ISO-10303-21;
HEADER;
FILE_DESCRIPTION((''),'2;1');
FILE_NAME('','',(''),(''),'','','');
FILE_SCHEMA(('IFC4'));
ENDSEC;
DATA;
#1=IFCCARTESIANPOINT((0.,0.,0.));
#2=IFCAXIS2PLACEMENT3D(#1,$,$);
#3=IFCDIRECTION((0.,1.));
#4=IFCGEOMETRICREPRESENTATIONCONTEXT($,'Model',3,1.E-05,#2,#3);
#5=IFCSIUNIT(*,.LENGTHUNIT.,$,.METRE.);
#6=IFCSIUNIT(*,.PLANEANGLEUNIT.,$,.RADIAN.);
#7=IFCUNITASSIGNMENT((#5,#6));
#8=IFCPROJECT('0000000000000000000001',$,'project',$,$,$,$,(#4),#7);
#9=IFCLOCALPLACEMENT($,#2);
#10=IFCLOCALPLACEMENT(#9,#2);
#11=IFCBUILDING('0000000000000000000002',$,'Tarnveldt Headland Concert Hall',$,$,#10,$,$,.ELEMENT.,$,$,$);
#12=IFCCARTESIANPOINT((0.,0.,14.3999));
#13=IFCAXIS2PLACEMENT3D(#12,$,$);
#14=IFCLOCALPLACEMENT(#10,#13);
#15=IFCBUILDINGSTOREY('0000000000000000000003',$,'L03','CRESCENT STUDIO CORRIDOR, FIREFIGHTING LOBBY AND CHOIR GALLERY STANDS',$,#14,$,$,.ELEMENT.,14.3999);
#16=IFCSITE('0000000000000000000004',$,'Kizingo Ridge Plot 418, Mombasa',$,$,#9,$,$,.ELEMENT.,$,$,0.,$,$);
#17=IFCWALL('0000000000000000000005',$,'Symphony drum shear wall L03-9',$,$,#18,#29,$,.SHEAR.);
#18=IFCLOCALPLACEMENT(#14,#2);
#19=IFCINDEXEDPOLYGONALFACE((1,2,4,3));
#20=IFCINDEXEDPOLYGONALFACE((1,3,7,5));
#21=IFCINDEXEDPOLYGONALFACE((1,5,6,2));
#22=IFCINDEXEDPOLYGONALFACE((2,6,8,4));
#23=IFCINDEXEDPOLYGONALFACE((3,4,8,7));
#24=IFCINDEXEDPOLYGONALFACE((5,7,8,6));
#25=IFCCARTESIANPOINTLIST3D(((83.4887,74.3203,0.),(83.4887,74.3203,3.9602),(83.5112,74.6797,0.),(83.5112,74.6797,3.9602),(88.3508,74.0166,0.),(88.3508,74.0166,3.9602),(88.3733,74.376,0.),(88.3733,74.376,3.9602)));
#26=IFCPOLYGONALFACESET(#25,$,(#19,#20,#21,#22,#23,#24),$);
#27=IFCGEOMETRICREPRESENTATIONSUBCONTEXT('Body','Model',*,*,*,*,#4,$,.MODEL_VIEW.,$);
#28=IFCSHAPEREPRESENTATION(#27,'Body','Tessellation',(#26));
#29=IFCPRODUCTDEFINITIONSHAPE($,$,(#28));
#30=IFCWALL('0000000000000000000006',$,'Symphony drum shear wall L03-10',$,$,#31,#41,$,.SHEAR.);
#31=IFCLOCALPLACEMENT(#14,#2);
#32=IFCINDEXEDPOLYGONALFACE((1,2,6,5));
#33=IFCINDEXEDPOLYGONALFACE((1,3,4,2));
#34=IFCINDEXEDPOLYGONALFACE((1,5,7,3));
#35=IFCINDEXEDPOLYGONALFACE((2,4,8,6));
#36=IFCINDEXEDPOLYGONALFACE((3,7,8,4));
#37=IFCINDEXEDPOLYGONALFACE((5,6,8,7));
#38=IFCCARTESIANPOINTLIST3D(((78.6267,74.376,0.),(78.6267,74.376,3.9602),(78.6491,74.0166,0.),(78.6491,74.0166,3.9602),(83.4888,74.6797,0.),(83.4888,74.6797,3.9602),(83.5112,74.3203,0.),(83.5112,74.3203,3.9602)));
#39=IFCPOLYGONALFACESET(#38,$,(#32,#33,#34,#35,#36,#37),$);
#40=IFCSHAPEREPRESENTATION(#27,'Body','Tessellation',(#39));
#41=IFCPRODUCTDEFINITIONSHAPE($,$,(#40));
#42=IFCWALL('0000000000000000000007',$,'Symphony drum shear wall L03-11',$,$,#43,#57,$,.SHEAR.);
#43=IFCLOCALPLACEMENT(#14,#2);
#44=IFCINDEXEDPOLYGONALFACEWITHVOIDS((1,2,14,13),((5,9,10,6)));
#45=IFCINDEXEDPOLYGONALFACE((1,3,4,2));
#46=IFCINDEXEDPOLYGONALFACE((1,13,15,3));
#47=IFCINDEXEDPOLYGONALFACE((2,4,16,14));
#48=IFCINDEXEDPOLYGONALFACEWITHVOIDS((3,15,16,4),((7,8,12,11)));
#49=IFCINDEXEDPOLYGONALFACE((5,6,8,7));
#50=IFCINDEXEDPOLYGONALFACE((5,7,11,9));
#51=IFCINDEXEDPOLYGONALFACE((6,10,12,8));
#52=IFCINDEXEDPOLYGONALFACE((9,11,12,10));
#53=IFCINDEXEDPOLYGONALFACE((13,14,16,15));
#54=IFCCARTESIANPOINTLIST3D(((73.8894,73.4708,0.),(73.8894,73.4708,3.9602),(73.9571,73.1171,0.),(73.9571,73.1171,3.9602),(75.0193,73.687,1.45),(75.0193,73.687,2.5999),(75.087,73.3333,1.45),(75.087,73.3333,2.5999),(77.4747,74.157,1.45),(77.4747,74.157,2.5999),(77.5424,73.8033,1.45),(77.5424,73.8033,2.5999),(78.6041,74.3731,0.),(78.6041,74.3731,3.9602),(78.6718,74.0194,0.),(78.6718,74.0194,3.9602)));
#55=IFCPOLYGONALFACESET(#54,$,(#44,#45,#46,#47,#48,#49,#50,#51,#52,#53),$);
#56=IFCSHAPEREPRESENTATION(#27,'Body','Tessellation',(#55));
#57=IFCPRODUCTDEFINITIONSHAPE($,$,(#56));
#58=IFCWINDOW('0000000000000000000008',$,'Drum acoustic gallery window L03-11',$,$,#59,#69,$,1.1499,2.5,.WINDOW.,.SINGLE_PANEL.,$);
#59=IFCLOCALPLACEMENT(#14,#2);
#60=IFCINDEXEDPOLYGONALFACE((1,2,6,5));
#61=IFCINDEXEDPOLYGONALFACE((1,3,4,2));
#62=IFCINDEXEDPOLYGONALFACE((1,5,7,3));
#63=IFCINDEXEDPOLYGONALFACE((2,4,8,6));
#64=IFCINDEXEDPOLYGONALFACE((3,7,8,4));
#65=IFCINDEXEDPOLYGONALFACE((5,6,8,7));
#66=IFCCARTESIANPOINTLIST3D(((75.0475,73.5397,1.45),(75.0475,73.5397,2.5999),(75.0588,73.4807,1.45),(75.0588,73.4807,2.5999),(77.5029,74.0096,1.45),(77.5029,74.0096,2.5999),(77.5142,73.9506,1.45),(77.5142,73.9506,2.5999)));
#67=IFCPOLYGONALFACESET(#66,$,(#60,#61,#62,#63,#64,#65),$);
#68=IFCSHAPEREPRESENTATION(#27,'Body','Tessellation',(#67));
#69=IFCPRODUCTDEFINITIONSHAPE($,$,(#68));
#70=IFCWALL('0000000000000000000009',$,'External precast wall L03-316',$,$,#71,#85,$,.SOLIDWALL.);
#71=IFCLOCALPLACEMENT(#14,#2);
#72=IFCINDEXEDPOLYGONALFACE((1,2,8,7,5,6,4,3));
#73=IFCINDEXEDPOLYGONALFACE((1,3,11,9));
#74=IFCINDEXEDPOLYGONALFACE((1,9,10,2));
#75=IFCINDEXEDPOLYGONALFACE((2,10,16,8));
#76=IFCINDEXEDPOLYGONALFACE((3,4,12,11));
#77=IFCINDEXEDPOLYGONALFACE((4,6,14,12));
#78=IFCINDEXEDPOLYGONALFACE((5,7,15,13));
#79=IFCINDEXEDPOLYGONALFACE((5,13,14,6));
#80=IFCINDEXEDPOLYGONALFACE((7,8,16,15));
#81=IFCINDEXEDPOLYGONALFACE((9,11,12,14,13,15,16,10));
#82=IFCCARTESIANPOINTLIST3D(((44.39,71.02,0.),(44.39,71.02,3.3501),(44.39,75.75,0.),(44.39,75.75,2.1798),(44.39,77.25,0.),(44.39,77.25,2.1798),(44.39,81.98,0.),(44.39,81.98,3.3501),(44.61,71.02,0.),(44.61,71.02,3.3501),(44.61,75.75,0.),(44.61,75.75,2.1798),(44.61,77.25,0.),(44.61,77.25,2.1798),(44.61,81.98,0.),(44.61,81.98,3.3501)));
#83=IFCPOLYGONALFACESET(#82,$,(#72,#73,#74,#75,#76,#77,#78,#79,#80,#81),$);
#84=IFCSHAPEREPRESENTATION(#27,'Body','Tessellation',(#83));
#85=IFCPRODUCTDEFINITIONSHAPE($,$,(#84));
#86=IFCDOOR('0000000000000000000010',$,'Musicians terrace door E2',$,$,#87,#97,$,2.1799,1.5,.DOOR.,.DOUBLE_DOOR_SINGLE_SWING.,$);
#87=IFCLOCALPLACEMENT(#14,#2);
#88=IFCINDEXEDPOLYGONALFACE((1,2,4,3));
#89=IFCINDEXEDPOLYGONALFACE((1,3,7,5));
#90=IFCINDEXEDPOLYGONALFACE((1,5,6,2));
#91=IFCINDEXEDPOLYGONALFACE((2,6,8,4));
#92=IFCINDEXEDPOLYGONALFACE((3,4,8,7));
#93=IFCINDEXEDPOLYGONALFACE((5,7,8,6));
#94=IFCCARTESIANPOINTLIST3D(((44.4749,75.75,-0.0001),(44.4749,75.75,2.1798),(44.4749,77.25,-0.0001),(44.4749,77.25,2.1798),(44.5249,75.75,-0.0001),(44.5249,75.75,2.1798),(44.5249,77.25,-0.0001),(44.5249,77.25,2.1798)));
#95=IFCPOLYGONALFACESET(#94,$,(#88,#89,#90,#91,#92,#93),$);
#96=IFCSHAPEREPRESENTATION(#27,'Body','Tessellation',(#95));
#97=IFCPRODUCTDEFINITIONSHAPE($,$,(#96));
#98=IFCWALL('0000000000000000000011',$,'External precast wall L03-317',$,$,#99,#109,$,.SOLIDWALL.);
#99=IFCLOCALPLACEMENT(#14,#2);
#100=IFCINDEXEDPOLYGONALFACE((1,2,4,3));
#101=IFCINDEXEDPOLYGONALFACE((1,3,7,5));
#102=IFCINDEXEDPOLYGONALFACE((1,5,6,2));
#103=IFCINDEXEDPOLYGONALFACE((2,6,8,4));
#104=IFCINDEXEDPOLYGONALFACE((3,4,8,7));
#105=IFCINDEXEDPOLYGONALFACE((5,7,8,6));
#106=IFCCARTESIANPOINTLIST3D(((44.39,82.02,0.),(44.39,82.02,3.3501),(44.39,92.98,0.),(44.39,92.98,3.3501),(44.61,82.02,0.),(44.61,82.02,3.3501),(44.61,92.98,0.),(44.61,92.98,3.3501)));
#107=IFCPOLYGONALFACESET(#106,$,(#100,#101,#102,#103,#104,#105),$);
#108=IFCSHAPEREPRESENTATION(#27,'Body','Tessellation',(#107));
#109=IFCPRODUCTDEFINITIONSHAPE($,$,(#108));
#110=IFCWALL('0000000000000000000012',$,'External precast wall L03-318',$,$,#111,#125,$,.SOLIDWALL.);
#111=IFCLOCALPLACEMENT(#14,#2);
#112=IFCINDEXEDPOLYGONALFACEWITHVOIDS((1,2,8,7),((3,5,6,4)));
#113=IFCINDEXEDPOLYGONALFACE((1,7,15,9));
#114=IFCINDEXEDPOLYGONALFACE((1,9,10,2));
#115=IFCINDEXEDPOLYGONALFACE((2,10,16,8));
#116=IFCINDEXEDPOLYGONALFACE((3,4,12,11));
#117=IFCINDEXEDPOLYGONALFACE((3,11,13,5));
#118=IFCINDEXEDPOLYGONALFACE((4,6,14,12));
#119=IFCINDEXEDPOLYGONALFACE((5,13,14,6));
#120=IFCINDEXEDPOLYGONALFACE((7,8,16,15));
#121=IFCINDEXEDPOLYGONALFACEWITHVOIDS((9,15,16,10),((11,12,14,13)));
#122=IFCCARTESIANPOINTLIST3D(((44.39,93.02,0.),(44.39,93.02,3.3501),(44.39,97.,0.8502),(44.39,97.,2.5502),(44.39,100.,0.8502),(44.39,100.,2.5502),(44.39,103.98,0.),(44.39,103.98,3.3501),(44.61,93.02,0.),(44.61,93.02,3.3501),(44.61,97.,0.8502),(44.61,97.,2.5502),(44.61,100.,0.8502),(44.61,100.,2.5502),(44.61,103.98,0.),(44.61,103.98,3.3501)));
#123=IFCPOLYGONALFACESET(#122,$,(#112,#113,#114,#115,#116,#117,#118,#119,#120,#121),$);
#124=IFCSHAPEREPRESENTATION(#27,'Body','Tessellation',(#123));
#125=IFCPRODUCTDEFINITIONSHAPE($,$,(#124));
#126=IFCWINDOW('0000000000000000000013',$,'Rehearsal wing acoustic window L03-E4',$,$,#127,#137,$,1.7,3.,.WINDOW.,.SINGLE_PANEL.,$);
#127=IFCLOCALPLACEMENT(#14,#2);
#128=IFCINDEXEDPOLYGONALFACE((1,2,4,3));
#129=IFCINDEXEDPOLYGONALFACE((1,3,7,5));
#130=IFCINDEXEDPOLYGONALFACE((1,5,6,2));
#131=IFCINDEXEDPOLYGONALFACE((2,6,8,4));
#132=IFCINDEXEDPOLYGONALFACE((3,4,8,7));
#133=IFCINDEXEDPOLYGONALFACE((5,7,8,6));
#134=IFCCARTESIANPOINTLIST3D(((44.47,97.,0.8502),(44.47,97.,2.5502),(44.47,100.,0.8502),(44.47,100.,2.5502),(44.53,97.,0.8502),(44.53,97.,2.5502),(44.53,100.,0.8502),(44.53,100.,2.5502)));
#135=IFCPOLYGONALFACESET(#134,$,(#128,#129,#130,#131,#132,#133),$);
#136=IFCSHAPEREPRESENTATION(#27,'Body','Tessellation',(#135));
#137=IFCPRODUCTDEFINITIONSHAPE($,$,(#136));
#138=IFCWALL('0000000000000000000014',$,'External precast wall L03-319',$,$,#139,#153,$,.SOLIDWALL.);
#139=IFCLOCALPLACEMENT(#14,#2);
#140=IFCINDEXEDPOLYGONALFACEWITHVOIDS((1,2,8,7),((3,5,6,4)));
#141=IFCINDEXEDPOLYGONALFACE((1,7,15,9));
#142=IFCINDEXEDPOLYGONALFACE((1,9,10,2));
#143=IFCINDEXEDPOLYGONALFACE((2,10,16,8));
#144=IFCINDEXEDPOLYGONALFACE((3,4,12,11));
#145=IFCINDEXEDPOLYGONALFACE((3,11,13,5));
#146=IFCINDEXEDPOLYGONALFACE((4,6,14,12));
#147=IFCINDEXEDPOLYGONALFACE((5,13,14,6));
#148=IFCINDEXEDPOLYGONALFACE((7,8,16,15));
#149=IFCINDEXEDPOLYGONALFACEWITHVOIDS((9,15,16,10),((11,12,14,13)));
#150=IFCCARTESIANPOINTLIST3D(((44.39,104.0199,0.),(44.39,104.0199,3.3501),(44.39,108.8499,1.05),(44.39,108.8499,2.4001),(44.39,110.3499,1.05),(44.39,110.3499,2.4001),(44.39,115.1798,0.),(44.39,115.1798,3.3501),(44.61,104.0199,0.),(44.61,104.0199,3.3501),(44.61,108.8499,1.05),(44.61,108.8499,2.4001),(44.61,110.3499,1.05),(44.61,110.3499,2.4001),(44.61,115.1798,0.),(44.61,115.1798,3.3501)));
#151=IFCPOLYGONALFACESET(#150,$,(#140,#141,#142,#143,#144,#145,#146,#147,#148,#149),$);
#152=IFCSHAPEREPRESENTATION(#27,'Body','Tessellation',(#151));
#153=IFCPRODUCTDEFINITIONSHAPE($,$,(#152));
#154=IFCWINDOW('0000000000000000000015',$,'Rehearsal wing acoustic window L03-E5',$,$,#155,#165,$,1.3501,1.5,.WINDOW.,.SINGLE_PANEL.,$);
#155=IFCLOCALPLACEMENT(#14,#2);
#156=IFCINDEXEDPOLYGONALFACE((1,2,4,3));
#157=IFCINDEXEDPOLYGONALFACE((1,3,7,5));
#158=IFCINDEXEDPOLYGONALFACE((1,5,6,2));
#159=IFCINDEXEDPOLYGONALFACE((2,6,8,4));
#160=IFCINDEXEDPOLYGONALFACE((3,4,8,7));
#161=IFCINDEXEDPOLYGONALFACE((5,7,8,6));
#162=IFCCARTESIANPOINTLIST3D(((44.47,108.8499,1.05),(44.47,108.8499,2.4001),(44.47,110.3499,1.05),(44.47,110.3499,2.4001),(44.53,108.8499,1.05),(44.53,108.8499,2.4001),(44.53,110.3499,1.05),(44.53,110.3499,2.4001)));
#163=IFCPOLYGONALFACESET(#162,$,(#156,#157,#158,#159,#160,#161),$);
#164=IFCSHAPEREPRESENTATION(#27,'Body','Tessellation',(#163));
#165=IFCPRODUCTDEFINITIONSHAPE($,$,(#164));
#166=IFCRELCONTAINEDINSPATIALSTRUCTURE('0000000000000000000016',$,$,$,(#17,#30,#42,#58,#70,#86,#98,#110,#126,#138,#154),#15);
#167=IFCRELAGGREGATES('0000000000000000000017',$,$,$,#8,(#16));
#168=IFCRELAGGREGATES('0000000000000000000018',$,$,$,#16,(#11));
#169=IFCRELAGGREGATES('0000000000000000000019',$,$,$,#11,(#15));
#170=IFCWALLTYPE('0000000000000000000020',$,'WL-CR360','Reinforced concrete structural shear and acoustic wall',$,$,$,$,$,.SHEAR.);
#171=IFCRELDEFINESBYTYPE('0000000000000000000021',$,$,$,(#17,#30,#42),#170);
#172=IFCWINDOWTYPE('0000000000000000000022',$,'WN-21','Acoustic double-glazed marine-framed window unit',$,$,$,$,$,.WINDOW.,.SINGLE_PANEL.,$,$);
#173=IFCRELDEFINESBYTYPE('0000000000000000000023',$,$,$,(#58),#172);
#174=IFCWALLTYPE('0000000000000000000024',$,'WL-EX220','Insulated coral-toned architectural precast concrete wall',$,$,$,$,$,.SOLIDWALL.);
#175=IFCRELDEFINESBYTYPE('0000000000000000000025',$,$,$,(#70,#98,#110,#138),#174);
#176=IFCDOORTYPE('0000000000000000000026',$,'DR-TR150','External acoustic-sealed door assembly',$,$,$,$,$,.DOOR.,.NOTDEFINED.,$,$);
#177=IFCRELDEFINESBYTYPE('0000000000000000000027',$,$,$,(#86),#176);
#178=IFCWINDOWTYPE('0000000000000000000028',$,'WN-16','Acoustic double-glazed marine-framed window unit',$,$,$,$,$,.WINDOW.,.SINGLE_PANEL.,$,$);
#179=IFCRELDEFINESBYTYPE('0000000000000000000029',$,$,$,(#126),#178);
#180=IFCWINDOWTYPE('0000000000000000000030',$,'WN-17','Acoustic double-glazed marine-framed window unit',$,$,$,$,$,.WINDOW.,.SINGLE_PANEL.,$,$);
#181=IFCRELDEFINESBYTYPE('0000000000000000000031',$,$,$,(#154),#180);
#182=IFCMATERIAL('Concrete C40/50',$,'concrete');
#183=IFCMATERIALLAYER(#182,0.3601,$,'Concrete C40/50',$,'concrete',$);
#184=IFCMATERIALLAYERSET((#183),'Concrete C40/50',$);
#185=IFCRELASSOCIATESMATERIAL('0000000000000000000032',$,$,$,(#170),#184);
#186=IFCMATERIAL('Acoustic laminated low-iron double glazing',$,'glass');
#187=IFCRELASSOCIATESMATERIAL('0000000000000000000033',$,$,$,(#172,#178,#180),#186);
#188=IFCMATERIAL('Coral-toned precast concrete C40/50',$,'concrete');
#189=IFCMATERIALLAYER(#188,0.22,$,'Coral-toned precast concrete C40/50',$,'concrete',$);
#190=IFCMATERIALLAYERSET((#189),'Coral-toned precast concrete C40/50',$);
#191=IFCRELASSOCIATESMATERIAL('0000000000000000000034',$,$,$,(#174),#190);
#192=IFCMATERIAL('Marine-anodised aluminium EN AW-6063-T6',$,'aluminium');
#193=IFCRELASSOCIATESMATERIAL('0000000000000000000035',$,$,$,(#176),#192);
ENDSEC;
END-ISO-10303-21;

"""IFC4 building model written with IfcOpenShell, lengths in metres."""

from ifc_helpers import new_model, si_unit, direction, frame, frame_2d, origin, place, context, subcontext, project, spatial, rectangle, extrude, material, layer, layer_set, type_object, element, fill, save


model = new_model("IFC4")

# Units and contexts
model_context = context("Model", 3, precision=1e-05, world=origin(), true_north=direction((0.0, 1.0)))
body_context = subcontext(model_context, "Body", "Model", "MODEL_VIEW")
ifc_project = project(units=[si_unit("LENGTHUNIT", "METRE"), si_unit("PLANEANGLEUNIT", "RADIAN")], contexts=[model_context])

# Site, building, storey
site_placement = place(None, origin())
site = spatial("IfcSite", under=ifc_project, at=site_placement, Name="Kizingo Ridge Plot 418, Mombasa", CompositionType="ELEMENT", RefElevation=0.0)
building_placement = place(site_placement, origin())
building = spatial("IfcBuilding", under=site, at=building_placement, Name="Tarnveldt Headland Concert Hall", CompositionType="ELEMENT")
storey_placement = place(building_placement, frame((0.0, 0.0, 14.3999)))
storey = spatial("IfcBuildingStorey", under=building, at=storey_placement, Name="L03", Description="CRESCENT STUDIO CORRIDOR, FIREFIGHTING LOBBY AND CHOIR GALLERY STANDS", CompositionType="ELEMENT", Elevation=14.3999)

# Shared definitions
ifc_material_1 = material(Name="Concrete C40/50", Category="concrete")

# Walls
ifc_layer_1 = layer(ifc_material_1, 0.3601, Name="Concrete C40/50", Category="concrete")
ifc_layer_set_1 = layer_set([ifc_layer_1], Name="Concrete C40/50")
wall_type_1 = type_object("IfcWallType", Name="WL-CR360", Description="Reinforced concrete structural shear and acoustic wall", PredefinedType="SHEAR", material=ifc_layer_set_1)
for number, where, z_axis, x_axis, name in (
    (1, (88.3621, 74.1963, 0.0), (0.0, 0.0, 1.0), (-0.998055, 0.062344, 0.0), "Symphony drum shear wall L03-9"),
    (2, (83.5, 74.5, 0.0), (0.0, 0.0, 1.0), (-0.998055, -0.062344, 0.0), "Symphony drum shear wall L03-10"),
):
    element("IfcWall", number, at=place(storey_placement, frame(where, z_axis=z_axis, x_axis=x_axis)), inside=storey, type_object=wall_type_1, Name=name, PredefinedType="SHEAR", context=body_context, shape_type="SweptSolid", body=[
        extrude(rectangle(XDim=4.8716, YDim=0.3601, at=frame_2d((2.4358, 0.0))), origin(), (0.0, 0.0, 1.0), 3.9602),
    ])

# Wall, opening, window
wall_1_placement = place(storey_placement, frame((78.6379, 74.1963, 0.0), z_axis=(0.0, 0.0, 1.0), x_axis=(-0.982173, -0.187981, 0.0)))
wall_1 = element("IfcWall", 3, at=wall_1_placement, inside=storey, type_object=wall_type_1, Name="Symphony drum shear wall L03-11", PredefinedType="SHEAR", context=body_context, shape_type="SweptSolid", body=[
    extrude(rectangle(XDim=4.8003, YDim=0.3601, at=frame_2d((2.4001, 0.0))), origin(), (0.0, 0.0, 1.0), 3.9602),
])
opening_1_placement = place(wall_1_placement, frame((1.1499, 0.0, 1.45)))
opening_1 = element("IfcOpeningElement", 4, at=opening_1_placement, cuts=wall_1, PredefinedType="OPENING", context=body_context, shape_type="SweptSolid", body=[
    extrude(rectangle(XDim=2.5, YDim=1.1499, at=frame_2d((1.25, 0.575))), frame((0.0, 0.1899, 0.0), z_axis=(0.0, -1.0, 0.0), x_axis=(1.0, 0.0, 0.0)), (0.0, 0.0, 1.0), 0.3801),
])
ifc_material_2 = material(Name="Acoustic laminated low-iron double glazing", Category="glass")
window_type_1 = type_object("IfcWindowType", Name="WN-21", Description="Acoustic double-glazed marine-framed window unit", PartitioningType="SINGLE_PANEL", PredefinedType="WINDOW", material=ifc_material_2)
window_1_placement = place(opening_1_placement, origin())
window_1 = element("IfcWindow", 5, at=window_1_placement, inside=storey, type_object=window_type_1, Name="Drum acoustic gallery window L03-11", OverallHeight=1.1499, OverallWidth=2.5, PartitioningType="SINGLE_PANEL", PredefinedType="WINDOW", context=body_context, shape_type="SweptSolid", body=[
    extrude(rectangle(XDim=2.5, YDim=1.1499, at=frame_2d((1.25, 0.575))), frame((0.0, 0.03, 0.0), z_axis=(0.0, -1.0, 0.0), x_axis=(1.0, 0.0, 0.0)), (0.0, 0.0, 1.0), 0.0601),
])
fill(opening_1, window_1)

# Wall, opening, door
ifc_material_3 = material(Name="Coral-toned precast concrete C40/50", Category="concrete")
ifc_layer_2 = layer(ifc_material_3, 0.22, Name="Coral-toned precast concrete C40/50", Category="concrete")
ifc_layer_set_2 = layer_set([ifc_layer_2], Name="Coral-toned precast concrete C40/50")
wall_type_2 = type_object("IfcWallType", Name="WL-EX220", Description="Insulated coral-toned architectural precast concrete wall", PredefinedType="SOLIDWALL", material=ifc_layer_set_2)
wall_2_placement = place(storey_placement, frame((44.5, 81.98, 0.0), z_axis=(0.0, 0.0, 1.0), x_axis=(0.0, -1.0, 0.0)))
wall_2 = element("IfcWall", 6, at=wall_2_placement, inside=storey, type_object=wall_type_2, Name="External precast wall L03-316", PredefinedType="SOLIDWALL", context=body_context, shape_type="SweptSolid", body=[
    extrude(rectangle(XDim=10.96, YDim=0.22, at=frame_2d((5.48, 0.0))), origin(), (0.0, 0.0, 1.0), 3.3501),
])
opening_2_placement = place(wall_2_placement, frame((4.73, 0.0, 0.0)))
opening_2 = element("IfcOpeningElement", 7, at=opening_2_placement, cuts=wall_2, PredefinedType="OPENING", context=body_context, shape_type="SweptSolid", body=[
    extrude(rectangle(XDim=1.5, YDim=2.1799, at=frame_2d((0.75, 1.0898))), frame((0.0, 0.1199, 0.0), z_axis=(0.0, -1.0, 0.0), x_axis=(1.0, 0.0, 0.0)), (0.0, 0.0, 1.0), 0.24),
])
ifc_material_4 = material(Name="Marine-anodised aluminium EN AW-6063-T6", Category="aluminium")
door_type = type_object("IfcDoorType", Name="DR-TR150", Description="External acoustic-sealed door assembly", OperationType="NOTDEFINED", PredefinedType="DOOR", material=ifc_material_4)
door_placement = place(opening_2_placement, origin())
door = element("IfcDoor", 8, at=door_placement, inside=storey, type_object=door_type, Name="Musicians terrace door E2", OperationType="DOUBLE_DOOR_SINGLE_SWING", OverallHeight=2.1799, OverallWidth=1.5, PredefinedType="DOOR", context=body_context, shape_type="SweptSolid", body=[
    extrude(rectangle(XDim=1.5, YDim=2.1799, at=frame_2d((0.75, 1.0898))), frame((0.0, 0.0249, 0.0), z_axis=(0.0, -1.0, 0.0), x_axis=(1.0, 0.0, 0.0)), (0.0, 0.0, 1.0), 0.05),
])
fill(opening_2, door)

# Wall
wall_3_placement = place(storey_placement, frame((44.5, 92.98, 0.0), z_axis=(0.0, 0.0, 1.0), x_axis=(0.0, -1.0, 0.0)))
element("IfcWall", 9, at=wall_3_placement, inside=storey, type_object=wall_type_2, Name="External precast wall L03-317", PredefinedType="SOLIDWALL", context=body_context, shape_type="SweptSolid", body=[
    extrude(rectangle(XDim=10.96, YDim=0.22, at=frame_2d((5.48, 0.0))), origin(), (0.0, 0.0, 1.0), 3.3501),
])

# Walls, openings, windows
wall_4_placement = place(storey_placement, frame((44.5, 103.98, 0.0), z_axis=(0.0, 0.0, 1.0), x_axis=(0.0, -1.0, 0.0)))
wall_4 = element("IfcWall", 10, at=wall_4_placement, inside=storey, type_object=wall_type_2, Name="External precast wall L03-318", PredefinedType="SOLIDWALL", context=body_context, shape_type="SweptSolid", body=[
    extrude(rectangle(XDim=10.96, YDim=0.22, at=frame_2d((5.48, 0.0))), origin(), (0.0, 0.0, 1.0), 3.3501),
])
opening_3_placement = place(wall_4_placement, frame((3.98, 0.0, 0.8501)))
opening_3 = element("IfcOpeningElement", 11, at=opening_3_placement, cuts=wall_4, PredefinedType="OPENING", context=body_context, shape_type="SweptSolid", body=[
    extrude(rectangle(XDim=3.0, YDim=1.7, at=frame_2d((1.5, 0.8501))), frame((0.0, 0.1199, 0.0), z_axis=(0.0, -1.0, 0.0), x_axis=(1.0, 0.0, 0.0)), (0.0, 0.0, 1.0), 0.24),
])
window_type_2 = type_object("IfcWindowType", Name="WN-16", Description="Acoustic double-glazed marine-framed window unit", PartitioningType="SINGLE_PANEL", PredefinedType="WINDOW", material=ifc_material_2)
window_2_placement = place(opening_3_placement, origin())
window_2 = element("IfcWindow", 12, at=window_2_placement, inside=storey, type_object=window_type_2, Name="Rehearsal wing acoustic window L03-E4", OverallHeight=1.7, OverallWidth=3.0, PartitioningType="SINGLE_PANEL", PredefinedType="WINDOW", context=body_context, shape_type="SweptSolid", body=[
    extrude(rectangle(XDim=3.0, YDim=1.7, at=frame_2d((1.5, 0.8501))), frame((0.0, 0.03, 0.0), z_axis=(0.0, -1.0, 0.0), x_axis=(1.0, 0.0, 0.0)), (0.0, 0.0, 1.0), 0.0601),
])
fill(opening_3, window_2)
wall_5_placement = place(storey_placement, frame((44.5, 115.1799, 0.0), z_axis=(0.0, 0.0, 1.0), x_axis=(0.0, -1.0, 0.0)))
wall_5 = element("IfcWall", 13, at=wall_5_placement, inside=storey, type_object=wall_type_2, Name="External precast wall L03-319", PredefinedType="SOLIDWALL", context=body_context, shape_type="SweptSolid", body=[
    extrude(rectangle(XDim=11.1599, YDim=0.22, at=frame_2d((5.5801, 0.0))), origin(), (0.0, 0.0, 1.0), 3.3501),
])
opening_4_placement = place(wall_5_placement, frame((4.8301, 0.0, 1.05)))
opening_4 = element("IfcOpeningElement", 14, at=opening_4_placement, cuts=wall_5, PredefinedType="OPENING", context=body_context, shape_type="SweptSolid", body=[
    extrude(rectangle(XDim=1.5, YDim=1.3501, at=frame_2d((0.75, 0.675))), frame((0.0, 0.1199, 0.0), z_axis=(0.0, -1.0, 0.0), x_axis=(1.0, 0.0, 0.0)), (0.0, 0.0, 1.0), 0.24),
])
window_type_3 = type_object("IfcWindowType", Name="WN-17", Description="Acoustic double-glazed marine-framed window unit", PartitioningType="SINGLE_PANEL", PredefinedType="WINDOW", material=ifc_material_2)
window_3_placement = place(opening_4_placement, origin())
window_3 = element("IfcWindow", 15, at=window_3_placement, inside=storey, type_object=window_type_3, Name="Rehearsal wing acoustic window L03-E5", OverallHeight=1.3501, OverallWidth=1.5, PartitioningType="SINGLE_PANEL", PredefinedType="WINDOW", context=body_context, shape_type="SweptSolid", body=[
    extrude(rectangle(XDim=1.5, YDim=1.3501, at=frame_2d((0.75, 0.675))), frame((0.0, 0.03, 0.0), z_axis=(0.0, -1.0, 0.0), x_axis=(1.0, 0.0, 0.0)), (0.0, 0.0, 1.0), 0.0601),
])
fill(opening_4, window_3)

save(model, "model.ifc")
